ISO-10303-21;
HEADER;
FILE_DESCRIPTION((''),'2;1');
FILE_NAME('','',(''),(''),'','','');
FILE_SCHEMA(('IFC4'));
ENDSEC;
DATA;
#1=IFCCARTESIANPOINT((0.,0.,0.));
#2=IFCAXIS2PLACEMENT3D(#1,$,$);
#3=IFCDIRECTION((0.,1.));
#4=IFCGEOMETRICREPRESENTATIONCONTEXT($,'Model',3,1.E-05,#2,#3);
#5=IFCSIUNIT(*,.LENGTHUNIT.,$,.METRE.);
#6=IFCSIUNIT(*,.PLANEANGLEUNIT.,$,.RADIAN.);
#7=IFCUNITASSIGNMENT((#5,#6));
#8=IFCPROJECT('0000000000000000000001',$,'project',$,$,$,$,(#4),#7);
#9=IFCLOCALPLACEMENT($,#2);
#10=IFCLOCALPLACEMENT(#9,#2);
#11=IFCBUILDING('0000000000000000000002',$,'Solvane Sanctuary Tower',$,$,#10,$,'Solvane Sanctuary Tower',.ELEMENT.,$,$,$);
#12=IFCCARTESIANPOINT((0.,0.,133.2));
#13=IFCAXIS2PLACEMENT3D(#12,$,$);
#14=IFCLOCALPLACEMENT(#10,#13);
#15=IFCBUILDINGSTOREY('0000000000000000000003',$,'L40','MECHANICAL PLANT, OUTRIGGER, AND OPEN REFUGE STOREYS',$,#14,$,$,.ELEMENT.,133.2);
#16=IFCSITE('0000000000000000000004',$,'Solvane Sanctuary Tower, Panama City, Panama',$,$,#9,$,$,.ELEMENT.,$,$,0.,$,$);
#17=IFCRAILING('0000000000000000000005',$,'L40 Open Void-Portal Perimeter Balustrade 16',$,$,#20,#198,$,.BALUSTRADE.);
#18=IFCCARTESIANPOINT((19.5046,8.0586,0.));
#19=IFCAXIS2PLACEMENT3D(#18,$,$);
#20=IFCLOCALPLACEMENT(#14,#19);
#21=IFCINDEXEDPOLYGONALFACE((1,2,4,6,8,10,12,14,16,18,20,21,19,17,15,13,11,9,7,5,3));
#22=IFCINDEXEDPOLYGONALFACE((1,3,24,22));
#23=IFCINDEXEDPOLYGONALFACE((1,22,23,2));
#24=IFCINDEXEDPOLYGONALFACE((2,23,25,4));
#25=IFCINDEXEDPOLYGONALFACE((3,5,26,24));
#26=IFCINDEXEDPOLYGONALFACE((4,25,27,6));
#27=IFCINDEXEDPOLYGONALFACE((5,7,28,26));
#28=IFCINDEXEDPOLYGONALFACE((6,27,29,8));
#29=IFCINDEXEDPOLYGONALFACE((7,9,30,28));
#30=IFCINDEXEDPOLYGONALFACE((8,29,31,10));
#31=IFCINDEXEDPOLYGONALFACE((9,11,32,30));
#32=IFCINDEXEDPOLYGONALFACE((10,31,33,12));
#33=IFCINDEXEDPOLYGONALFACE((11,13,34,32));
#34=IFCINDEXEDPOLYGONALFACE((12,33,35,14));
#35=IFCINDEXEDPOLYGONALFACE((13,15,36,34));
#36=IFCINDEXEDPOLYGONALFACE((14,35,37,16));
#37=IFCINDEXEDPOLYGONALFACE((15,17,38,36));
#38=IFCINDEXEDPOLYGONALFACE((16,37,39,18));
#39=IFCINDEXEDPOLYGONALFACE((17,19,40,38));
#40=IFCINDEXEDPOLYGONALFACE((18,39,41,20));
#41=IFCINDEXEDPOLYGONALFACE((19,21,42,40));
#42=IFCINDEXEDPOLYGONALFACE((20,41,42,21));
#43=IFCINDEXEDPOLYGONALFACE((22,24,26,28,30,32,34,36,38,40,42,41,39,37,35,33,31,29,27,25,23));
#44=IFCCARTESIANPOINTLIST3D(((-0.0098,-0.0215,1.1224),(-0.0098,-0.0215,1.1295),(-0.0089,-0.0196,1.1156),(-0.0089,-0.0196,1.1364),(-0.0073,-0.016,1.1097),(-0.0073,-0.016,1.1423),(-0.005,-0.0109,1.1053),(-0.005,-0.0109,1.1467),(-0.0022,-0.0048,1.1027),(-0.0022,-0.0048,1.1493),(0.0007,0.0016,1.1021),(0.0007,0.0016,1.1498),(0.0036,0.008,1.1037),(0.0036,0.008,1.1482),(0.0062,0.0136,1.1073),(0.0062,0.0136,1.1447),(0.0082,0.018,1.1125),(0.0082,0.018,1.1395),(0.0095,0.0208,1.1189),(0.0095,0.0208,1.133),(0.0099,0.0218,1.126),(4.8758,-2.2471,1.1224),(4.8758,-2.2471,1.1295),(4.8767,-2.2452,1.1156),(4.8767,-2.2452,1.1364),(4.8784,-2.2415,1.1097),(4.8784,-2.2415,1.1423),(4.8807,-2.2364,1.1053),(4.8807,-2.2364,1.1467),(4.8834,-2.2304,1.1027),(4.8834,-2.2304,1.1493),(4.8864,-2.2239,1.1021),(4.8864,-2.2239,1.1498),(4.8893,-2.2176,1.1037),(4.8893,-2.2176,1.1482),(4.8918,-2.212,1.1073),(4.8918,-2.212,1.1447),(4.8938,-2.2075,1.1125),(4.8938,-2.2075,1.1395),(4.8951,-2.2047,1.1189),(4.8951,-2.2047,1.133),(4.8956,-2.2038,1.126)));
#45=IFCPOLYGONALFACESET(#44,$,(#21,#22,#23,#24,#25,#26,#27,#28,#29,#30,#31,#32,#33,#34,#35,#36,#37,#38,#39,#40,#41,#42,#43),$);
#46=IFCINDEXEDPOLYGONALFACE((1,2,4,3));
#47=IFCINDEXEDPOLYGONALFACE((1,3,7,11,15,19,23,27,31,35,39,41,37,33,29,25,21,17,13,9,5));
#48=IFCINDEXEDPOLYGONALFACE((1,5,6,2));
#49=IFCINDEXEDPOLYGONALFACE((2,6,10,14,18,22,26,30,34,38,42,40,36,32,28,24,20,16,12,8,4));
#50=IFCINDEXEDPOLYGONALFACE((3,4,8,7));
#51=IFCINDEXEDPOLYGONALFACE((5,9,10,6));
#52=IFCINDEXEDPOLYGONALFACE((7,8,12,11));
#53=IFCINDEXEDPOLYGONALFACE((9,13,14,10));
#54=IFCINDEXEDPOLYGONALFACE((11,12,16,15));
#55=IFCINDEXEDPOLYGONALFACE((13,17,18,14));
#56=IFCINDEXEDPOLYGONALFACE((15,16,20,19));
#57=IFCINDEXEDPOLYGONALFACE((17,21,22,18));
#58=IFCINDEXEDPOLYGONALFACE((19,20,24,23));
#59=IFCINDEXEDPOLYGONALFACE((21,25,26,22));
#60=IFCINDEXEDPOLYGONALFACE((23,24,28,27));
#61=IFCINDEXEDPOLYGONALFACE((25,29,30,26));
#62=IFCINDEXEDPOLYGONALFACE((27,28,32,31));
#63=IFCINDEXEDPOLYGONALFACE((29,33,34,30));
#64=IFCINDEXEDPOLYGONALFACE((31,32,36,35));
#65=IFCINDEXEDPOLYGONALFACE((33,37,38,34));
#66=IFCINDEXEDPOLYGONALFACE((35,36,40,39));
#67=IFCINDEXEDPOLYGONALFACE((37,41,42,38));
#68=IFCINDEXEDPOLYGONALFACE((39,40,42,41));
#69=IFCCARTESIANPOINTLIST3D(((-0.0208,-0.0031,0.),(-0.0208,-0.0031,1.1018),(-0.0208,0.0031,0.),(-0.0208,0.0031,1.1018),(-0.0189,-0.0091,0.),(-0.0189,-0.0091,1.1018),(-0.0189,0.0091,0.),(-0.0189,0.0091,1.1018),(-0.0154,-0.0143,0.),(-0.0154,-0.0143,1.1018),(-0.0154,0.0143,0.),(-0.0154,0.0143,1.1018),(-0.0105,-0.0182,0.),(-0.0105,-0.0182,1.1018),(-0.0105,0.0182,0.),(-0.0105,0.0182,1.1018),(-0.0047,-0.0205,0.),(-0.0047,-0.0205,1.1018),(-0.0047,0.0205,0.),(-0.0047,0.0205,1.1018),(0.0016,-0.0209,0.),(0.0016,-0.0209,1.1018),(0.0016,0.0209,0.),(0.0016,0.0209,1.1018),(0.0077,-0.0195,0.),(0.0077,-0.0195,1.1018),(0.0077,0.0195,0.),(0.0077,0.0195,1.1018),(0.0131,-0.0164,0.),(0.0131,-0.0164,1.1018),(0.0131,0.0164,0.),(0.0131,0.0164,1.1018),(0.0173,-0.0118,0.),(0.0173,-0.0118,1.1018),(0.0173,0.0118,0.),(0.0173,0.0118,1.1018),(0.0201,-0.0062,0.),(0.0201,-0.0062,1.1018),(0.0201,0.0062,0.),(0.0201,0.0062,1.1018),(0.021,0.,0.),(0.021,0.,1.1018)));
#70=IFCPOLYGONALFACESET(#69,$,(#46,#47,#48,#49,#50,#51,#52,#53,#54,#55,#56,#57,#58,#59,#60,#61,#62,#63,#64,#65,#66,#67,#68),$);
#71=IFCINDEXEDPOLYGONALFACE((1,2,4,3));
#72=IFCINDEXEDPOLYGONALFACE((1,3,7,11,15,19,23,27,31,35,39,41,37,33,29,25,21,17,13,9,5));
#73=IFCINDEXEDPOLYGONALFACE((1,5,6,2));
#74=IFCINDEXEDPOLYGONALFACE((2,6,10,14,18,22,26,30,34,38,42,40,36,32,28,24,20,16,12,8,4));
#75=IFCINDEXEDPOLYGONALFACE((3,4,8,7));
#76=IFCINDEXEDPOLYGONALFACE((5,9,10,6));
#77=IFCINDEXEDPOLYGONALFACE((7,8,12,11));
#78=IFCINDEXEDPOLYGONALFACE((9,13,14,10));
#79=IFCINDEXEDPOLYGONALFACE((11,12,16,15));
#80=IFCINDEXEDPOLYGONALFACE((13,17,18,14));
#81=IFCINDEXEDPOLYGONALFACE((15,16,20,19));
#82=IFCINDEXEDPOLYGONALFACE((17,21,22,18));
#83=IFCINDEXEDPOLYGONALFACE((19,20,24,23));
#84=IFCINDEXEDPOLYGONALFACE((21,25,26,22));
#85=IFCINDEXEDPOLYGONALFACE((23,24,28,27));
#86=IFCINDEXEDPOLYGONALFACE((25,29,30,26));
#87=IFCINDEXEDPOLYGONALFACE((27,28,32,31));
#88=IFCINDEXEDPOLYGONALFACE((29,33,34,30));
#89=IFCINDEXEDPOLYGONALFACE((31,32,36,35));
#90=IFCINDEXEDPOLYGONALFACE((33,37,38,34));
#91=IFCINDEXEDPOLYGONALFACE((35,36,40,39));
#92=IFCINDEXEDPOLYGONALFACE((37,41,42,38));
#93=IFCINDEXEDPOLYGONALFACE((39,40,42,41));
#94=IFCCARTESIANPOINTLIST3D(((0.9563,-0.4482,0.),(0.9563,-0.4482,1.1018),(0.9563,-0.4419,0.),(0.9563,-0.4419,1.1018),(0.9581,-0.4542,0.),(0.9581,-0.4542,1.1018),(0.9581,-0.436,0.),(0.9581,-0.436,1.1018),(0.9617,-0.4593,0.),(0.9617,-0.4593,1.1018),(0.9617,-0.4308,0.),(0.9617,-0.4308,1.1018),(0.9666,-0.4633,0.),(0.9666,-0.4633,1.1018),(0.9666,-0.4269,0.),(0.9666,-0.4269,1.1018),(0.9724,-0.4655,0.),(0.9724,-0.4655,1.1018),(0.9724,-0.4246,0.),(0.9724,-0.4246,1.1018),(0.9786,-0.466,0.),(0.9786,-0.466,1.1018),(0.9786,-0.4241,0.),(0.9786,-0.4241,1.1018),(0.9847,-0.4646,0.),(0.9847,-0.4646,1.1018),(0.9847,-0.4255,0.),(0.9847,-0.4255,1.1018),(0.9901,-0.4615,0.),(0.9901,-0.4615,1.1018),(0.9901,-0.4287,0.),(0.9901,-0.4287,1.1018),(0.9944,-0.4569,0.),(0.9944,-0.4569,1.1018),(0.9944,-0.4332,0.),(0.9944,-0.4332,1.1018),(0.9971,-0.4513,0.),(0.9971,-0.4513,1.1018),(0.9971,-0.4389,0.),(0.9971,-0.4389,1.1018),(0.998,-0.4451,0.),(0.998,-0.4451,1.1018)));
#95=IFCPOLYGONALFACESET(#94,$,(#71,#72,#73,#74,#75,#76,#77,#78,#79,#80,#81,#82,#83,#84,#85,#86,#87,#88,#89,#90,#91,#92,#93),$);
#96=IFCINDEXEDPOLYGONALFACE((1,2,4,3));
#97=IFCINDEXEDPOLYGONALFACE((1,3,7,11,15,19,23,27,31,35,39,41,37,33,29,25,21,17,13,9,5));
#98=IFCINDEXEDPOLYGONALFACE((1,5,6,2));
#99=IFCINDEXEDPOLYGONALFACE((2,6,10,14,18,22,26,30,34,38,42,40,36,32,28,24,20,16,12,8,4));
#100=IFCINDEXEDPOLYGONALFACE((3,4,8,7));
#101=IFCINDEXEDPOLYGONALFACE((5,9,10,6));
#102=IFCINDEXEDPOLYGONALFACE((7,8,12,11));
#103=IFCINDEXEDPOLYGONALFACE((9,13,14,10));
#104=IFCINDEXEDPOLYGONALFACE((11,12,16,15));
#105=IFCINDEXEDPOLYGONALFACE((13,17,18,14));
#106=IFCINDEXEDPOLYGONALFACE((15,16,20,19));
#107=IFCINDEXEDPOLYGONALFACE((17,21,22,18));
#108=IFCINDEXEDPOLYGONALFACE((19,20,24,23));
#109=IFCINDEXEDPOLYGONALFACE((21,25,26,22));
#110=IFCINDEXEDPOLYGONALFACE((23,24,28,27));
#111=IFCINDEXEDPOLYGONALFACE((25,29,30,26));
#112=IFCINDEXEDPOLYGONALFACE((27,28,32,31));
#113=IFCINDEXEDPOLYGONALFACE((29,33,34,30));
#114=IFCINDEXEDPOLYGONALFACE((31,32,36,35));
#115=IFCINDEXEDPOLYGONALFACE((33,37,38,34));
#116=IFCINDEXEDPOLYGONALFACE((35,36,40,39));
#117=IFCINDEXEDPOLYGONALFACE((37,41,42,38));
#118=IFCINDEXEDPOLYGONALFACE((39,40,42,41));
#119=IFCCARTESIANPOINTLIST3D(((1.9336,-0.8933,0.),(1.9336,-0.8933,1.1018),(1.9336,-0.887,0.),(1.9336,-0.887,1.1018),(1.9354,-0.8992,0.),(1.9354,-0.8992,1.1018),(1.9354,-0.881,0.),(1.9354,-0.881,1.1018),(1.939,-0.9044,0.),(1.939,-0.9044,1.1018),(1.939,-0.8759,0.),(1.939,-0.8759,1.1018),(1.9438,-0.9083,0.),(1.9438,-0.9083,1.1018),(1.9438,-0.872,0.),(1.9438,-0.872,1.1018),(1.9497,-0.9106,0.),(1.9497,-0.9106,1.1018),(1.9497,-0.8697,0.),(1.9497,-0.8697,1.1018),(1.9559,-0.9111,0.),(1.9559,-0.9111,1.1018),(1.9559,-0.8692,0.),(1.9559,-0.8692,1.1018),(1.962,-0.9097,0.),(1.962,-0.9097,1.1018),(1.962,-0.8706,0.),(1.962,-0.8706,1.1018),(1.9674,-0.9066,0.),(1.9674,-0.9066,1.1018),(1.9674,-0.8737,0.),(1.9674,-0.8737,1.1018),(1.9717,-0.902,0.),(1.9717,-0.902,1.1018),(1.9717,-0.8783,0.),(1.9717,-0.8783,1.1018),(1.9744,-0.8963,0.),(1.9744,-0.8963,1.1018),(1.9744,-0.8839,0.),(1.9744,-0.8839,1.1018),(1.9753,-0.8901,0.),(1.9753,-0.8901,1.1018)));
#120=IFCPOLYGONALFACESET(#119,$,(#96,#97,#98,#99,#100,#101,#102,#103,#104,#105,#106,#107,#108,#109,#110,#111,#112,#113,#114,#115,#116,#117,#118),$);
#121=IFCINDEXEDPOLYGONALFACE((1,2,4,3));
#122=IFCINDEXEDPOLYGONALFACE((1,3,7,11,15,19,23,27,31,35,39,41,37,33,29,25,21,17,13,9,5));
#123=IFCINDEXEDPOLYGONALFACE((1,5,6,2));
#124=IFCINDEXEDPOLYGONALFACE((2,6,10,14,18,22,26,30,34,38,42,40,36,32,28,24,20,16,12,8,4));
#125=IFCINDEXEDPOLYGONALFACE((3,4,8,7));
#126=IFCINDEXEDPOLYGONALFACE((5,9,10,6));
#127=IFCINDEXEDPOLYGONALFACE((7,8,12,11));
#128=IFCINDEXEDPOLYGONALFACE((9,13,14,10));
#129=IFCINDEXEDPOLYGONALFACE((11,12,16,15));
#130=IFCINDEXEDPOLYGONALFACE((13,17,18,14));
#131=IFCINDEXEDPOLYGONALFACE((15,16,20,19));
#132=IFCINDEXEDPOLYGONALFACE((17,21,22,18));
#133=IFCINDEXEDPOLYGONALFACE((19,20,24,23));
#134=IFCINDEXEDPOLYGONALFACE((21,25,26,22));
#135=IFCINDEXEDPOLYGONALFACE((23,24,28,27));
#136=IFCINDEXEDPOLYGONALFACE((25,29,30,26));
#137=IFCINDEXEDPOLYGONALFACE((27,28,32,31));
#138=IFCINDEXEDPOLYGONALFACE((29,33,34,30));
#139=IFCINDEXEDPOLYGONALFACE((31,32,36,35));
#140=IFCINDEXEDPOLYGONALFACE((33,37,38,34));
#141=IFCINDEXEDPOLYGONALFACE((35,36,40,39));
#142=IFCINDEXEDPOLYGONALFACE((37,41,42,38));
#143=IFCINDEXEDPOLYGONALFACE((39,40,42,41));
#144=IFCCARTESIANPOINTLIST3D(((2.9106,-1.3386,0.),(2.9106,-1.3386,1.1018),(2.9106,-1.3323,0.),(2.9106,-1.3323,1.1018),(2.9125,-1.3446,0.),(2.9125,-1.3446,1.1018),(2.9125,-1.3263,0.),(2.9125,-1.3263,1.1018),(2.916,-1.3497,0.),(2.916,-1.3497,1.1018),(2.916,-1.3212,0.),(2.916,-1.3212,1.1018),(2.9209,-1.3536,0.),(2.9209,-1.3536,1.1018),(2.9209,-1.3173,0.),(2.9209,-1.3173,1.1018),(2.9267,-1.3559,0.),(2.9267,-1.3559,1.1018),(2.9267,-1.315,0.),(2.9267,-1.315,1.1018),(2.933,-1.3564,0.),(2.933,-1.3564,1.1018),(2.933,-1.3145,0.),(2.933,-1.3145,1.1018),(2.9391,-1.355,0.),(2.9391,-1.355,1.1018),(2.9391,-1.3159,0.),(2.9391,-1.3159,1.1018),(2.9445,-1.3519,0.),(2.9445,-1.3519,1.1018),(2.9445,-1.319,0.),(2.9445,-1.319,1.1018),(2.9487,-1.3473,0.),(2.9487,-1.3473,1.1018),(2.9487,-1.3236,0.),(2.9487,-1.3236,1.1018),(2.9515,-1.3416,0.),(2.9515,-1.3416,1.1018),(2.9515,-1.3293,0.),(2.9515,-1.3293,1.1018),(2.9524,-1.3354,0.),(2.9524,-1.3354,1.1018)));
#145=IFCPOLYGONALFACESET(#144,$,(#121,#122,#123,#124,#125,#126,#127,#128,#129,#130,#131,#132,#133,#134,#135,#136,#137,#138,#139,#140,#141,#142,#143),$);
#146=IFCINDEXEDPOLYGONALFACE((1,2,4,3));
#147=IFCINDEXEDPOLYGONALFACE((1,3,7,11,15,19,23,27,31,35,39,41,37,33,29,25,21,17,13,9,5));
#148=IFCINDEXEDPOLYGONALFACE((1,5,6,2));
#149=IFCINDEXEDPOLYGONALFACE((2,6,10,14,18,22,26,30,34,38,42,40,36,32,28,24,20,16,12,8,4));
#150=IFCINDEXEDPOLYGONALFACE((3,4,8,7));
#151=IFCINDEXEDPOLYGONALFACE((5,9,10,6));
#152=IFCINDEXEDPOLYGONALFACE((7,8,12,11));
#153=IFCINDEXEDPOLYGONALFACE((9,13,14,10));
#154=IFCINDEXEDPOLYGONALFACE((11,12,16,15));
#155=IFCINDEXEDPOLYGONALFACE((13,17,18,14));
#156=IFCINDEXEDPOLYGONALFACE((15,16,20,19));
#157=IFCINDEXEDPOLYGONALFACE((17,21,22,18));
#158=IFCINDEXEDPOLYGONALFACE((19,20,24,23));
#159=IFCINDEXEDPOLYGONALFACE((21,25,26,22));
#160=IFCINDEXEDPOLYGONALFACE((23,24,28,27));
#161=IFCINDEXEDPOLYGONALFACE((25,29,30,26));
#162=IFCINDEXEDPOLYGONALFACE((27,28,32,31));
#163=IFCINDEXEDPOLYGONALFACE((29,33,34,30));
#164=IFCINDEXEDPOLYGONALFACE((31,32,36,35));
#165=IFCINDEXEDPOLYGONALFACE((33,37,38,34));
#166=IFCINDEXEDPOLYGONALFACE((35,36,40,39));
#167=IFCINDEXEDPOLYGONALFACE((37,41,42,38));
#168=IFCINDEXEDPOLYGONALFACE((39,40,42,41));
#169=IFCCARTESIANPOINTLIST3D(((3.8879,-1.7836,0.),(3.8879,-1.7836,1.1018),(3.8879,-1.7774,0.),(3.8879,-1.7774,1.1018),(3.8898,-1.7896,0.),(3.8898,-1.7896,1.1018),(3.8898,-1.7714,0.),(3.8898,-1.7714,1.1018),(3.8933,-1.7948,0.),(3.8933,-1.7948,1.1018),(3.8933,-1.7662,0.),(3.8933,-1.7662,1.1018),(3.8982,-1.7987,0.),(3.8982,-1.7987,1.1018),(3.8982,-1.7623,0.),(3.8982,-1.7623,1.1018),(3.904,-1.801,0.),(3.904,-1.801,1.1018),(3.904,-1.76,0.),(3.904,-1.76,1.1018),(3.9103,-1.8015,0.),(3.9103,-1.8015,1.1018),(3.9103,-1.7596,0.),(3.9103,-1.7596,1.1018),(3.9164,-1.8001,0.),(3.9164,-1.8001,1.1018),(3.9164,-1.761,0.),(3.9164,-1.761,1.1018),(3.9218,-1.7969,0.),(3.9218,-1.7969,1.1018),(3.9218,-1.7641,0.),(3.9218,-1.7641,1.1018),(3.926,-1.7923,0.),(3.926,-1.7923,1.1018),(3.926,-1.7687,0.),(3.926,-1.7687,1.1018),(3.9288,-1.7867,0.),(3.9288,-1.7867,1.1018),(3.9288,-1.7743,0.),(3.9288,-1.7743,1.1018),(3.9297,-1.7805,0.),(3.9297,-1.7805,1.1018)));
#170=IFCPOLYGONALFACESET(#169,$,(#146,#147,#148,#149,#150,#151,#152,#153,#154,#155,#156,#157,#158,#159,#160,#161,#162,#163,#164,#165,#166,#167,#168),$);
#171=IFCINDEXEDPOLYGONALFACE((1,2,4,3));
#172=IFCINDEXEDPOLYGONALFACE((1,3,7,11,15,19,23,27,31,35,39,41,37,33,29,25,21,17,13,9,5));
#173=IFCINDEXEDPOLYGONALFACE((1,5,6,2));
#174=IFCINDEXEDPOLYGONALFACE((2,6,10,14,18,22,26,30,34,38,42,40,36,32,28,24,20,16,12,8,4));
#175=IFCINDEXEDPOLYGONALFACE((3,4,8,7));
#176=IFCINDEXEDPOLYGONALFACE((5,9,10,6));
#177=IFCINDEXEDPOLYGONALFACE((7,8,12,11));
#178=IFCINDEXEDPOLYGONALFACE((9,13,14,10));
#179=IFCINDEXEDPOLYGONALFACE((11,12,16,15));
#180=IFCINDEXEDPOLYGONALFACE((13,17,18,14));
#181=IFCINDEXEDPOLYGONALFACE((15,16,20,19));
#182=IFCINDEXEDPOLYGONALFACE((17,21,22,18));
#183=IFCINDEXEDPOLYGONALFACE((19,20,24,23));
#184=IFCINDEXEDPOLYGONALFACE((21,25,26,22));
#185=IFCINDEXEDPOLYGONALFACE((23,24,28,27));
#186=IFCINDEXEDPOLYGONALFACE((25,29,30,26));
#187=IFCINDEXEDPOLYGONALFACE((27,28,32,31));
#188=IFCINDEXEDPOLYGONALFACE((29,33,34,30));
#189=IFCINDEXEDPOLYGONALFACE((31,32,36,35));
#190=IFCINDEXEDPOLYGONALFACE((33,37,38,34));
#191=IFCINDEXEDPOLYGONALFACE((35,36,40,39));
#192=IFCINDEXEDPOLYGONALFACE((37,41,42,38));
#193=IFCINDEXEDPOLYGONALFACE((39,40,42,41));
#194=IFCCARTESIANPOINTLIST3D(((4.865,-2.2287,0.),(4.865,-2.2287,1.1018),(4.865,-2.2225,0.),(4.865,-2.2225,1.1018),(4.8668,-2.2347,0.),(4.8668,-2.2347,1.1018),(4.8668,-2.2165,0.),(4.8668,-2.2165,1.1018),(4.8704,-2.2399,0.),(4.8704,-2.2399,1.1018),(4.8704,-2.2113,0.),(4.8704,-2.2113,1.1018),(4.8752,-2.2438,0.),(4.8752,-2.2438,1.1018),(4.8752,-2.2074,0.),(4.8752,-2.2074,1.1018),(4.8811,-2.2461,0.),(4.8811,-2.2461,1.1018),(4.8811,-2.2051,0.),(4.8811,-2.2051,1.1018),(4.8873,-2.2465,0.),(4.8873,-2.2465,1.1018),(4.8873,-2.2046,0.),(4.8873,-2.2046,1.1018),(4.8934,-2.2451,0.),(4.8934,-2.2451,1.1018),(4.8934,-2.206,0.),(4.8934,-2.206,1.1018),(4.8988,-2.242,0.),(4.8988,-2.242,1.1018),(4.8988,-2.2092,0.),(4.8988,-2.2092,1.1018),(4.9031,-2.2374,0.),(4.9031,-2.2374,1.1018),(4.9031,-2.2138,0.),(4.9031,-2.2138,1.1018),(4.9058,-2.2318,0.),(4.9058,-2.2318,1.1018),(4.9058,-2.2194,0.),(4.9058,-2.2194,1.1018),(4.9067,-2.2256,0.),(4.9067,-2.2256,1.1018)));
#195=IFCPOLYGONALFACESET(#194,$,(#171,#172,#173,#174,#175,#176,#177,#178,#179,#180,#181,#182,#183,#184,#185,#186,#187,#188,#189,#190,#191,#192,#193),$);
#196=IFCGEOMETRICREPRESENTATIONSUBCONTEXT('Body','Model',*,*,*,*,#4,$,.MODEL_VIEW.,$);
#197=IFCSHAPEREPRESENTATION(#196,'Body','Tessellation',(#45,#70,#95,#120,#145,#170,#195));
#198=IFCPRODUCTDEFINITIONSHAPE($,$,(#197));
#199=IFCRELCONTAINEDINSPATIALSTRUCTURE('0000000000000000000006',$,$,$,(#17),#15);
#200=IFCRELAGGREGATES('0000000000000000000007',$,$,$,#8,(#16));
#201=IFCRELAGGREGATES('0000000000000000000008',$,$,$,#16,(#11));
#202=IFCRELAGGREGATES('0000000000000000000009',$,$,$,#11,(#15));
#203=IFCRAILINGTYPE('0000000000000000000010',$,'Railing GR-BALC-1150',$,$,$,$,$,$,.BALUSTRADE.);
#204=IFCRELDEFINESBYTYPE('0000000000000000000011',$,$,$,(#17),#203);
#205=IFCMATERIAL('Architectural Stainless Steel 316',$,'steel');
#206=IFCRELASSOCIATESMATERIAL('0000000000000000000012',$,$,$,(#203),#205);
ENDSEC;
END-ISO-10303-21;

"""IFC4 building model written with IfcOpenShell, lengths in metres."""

from ifc_helpers import new_model, si_unit, direction, frame, origin, origin_2d, place, context, subcontext, project, spatial, circle, extrude, material, type_object, element, save


model = new_model("IFC4")

# Units and contexts
model_context = context("Model", 3, precision=1e-05, world=origin(), true_north=direction((0.0, 1.0)))
body_context = subcontext(model_context, "Body", "Model", "MODEL_VIEW")
ifc_project = project(units=[si_unit("LENGTHUNIT", "METRE"), si_unit("PLANEANGLEUNIT", "RADIAN")], contexts=[model_context])

# Site, building, storey
site_placement = place(None, origin())
site = spatial("IfcSite", under=ifc_project, at=site_placement, Name="Solvane Sanctuary Tower, Panama City, Panama", CompositionType="ELEMENT", RefElevation=0.0)
building_placement = place(site_placement, origin())
building = spatial("IfcBuilding", under=site, at=building_placement, Name="Solvane Sanctuary Tower", LongName="Solvane Sanctuary Tower", CompositionType="ELEMENT")
storey_placement = place(building_placement, frame((0.0, 0.0, 133.2)))
storey = spatial("IfcBuildingStorey", under=building, at=storey_placement, Name="L40", Description="MECHANICAL PLANT, OUTRIGGER, AND OPEN REFUGE STOREYS", CompositionType="ELEMENT", Elevation=133.2)

# Shared definitions
ifc_material_1 = material(Name="Architectural Stainless Steel 316", Category="steel")

# Railing
railing_type_1 = type_object("IfcRailingType", Name="Railing GR-BALC-1150", PredefinedType="BALUSTRADE", material=ifc_material_1)
railing_1_placement = place(storey_placement, frame((19.5046, 8.0586, 0.0)))
element("IfcRailing", 1, at=railing_1_placement, inside=storey, type_object=railing_type_1, Name="L40 Open Void-Portal Perimeter Balustrade 16", PredefinedType="BALUSTRADE", context=body_context, shape_type="SweptSolid", body=[
    extrude(circle(Radius=0.0239, at=origin_2d()), frame((0.0, 0.0, 1.126), z_axis=(0.91003, -0.414543, 0.0), x_axis=(0.414543, 0.91003, 0.0)), (0.0, 0.0, 1.0), 5.3687),
    extrude(circle(Radius=0.021, at=origin_2d()), origin(), (0.0, 0.0, 1.0), 1.1018),
    extrude(circle(Radius=0.021, at=origin_2d()), frame((0.9771, -0.4451, 0.0)), (0.0, 0.0, 1.0), 1.1018),
    extrude(circle(Radius=0.021, at=origin_2d()), frame((1.9543, -0.8901, 0.0)), (0.0, 0.0, 1.0), 1.1018),
    extrude(circle(Radius=0.021, at=origin_2d()), frame((2.9314, -1.3354, 0.0)), (0.0, 0.0, 1.0), 1.1018),
    extrude(circle(Radius=0.021, at=origin_2d()), frame((3.9087, -1.7805, 0.0)), (0.0, 0.0, 1.0), 1.1018),
    extrude(circle(Radius=0.021, at=origin_2d()), frame((4.8857, -2.2256, 0.0)), (0.0, 0.0, 1.0), 1.1018),
])

save(model, "model.ifc")
